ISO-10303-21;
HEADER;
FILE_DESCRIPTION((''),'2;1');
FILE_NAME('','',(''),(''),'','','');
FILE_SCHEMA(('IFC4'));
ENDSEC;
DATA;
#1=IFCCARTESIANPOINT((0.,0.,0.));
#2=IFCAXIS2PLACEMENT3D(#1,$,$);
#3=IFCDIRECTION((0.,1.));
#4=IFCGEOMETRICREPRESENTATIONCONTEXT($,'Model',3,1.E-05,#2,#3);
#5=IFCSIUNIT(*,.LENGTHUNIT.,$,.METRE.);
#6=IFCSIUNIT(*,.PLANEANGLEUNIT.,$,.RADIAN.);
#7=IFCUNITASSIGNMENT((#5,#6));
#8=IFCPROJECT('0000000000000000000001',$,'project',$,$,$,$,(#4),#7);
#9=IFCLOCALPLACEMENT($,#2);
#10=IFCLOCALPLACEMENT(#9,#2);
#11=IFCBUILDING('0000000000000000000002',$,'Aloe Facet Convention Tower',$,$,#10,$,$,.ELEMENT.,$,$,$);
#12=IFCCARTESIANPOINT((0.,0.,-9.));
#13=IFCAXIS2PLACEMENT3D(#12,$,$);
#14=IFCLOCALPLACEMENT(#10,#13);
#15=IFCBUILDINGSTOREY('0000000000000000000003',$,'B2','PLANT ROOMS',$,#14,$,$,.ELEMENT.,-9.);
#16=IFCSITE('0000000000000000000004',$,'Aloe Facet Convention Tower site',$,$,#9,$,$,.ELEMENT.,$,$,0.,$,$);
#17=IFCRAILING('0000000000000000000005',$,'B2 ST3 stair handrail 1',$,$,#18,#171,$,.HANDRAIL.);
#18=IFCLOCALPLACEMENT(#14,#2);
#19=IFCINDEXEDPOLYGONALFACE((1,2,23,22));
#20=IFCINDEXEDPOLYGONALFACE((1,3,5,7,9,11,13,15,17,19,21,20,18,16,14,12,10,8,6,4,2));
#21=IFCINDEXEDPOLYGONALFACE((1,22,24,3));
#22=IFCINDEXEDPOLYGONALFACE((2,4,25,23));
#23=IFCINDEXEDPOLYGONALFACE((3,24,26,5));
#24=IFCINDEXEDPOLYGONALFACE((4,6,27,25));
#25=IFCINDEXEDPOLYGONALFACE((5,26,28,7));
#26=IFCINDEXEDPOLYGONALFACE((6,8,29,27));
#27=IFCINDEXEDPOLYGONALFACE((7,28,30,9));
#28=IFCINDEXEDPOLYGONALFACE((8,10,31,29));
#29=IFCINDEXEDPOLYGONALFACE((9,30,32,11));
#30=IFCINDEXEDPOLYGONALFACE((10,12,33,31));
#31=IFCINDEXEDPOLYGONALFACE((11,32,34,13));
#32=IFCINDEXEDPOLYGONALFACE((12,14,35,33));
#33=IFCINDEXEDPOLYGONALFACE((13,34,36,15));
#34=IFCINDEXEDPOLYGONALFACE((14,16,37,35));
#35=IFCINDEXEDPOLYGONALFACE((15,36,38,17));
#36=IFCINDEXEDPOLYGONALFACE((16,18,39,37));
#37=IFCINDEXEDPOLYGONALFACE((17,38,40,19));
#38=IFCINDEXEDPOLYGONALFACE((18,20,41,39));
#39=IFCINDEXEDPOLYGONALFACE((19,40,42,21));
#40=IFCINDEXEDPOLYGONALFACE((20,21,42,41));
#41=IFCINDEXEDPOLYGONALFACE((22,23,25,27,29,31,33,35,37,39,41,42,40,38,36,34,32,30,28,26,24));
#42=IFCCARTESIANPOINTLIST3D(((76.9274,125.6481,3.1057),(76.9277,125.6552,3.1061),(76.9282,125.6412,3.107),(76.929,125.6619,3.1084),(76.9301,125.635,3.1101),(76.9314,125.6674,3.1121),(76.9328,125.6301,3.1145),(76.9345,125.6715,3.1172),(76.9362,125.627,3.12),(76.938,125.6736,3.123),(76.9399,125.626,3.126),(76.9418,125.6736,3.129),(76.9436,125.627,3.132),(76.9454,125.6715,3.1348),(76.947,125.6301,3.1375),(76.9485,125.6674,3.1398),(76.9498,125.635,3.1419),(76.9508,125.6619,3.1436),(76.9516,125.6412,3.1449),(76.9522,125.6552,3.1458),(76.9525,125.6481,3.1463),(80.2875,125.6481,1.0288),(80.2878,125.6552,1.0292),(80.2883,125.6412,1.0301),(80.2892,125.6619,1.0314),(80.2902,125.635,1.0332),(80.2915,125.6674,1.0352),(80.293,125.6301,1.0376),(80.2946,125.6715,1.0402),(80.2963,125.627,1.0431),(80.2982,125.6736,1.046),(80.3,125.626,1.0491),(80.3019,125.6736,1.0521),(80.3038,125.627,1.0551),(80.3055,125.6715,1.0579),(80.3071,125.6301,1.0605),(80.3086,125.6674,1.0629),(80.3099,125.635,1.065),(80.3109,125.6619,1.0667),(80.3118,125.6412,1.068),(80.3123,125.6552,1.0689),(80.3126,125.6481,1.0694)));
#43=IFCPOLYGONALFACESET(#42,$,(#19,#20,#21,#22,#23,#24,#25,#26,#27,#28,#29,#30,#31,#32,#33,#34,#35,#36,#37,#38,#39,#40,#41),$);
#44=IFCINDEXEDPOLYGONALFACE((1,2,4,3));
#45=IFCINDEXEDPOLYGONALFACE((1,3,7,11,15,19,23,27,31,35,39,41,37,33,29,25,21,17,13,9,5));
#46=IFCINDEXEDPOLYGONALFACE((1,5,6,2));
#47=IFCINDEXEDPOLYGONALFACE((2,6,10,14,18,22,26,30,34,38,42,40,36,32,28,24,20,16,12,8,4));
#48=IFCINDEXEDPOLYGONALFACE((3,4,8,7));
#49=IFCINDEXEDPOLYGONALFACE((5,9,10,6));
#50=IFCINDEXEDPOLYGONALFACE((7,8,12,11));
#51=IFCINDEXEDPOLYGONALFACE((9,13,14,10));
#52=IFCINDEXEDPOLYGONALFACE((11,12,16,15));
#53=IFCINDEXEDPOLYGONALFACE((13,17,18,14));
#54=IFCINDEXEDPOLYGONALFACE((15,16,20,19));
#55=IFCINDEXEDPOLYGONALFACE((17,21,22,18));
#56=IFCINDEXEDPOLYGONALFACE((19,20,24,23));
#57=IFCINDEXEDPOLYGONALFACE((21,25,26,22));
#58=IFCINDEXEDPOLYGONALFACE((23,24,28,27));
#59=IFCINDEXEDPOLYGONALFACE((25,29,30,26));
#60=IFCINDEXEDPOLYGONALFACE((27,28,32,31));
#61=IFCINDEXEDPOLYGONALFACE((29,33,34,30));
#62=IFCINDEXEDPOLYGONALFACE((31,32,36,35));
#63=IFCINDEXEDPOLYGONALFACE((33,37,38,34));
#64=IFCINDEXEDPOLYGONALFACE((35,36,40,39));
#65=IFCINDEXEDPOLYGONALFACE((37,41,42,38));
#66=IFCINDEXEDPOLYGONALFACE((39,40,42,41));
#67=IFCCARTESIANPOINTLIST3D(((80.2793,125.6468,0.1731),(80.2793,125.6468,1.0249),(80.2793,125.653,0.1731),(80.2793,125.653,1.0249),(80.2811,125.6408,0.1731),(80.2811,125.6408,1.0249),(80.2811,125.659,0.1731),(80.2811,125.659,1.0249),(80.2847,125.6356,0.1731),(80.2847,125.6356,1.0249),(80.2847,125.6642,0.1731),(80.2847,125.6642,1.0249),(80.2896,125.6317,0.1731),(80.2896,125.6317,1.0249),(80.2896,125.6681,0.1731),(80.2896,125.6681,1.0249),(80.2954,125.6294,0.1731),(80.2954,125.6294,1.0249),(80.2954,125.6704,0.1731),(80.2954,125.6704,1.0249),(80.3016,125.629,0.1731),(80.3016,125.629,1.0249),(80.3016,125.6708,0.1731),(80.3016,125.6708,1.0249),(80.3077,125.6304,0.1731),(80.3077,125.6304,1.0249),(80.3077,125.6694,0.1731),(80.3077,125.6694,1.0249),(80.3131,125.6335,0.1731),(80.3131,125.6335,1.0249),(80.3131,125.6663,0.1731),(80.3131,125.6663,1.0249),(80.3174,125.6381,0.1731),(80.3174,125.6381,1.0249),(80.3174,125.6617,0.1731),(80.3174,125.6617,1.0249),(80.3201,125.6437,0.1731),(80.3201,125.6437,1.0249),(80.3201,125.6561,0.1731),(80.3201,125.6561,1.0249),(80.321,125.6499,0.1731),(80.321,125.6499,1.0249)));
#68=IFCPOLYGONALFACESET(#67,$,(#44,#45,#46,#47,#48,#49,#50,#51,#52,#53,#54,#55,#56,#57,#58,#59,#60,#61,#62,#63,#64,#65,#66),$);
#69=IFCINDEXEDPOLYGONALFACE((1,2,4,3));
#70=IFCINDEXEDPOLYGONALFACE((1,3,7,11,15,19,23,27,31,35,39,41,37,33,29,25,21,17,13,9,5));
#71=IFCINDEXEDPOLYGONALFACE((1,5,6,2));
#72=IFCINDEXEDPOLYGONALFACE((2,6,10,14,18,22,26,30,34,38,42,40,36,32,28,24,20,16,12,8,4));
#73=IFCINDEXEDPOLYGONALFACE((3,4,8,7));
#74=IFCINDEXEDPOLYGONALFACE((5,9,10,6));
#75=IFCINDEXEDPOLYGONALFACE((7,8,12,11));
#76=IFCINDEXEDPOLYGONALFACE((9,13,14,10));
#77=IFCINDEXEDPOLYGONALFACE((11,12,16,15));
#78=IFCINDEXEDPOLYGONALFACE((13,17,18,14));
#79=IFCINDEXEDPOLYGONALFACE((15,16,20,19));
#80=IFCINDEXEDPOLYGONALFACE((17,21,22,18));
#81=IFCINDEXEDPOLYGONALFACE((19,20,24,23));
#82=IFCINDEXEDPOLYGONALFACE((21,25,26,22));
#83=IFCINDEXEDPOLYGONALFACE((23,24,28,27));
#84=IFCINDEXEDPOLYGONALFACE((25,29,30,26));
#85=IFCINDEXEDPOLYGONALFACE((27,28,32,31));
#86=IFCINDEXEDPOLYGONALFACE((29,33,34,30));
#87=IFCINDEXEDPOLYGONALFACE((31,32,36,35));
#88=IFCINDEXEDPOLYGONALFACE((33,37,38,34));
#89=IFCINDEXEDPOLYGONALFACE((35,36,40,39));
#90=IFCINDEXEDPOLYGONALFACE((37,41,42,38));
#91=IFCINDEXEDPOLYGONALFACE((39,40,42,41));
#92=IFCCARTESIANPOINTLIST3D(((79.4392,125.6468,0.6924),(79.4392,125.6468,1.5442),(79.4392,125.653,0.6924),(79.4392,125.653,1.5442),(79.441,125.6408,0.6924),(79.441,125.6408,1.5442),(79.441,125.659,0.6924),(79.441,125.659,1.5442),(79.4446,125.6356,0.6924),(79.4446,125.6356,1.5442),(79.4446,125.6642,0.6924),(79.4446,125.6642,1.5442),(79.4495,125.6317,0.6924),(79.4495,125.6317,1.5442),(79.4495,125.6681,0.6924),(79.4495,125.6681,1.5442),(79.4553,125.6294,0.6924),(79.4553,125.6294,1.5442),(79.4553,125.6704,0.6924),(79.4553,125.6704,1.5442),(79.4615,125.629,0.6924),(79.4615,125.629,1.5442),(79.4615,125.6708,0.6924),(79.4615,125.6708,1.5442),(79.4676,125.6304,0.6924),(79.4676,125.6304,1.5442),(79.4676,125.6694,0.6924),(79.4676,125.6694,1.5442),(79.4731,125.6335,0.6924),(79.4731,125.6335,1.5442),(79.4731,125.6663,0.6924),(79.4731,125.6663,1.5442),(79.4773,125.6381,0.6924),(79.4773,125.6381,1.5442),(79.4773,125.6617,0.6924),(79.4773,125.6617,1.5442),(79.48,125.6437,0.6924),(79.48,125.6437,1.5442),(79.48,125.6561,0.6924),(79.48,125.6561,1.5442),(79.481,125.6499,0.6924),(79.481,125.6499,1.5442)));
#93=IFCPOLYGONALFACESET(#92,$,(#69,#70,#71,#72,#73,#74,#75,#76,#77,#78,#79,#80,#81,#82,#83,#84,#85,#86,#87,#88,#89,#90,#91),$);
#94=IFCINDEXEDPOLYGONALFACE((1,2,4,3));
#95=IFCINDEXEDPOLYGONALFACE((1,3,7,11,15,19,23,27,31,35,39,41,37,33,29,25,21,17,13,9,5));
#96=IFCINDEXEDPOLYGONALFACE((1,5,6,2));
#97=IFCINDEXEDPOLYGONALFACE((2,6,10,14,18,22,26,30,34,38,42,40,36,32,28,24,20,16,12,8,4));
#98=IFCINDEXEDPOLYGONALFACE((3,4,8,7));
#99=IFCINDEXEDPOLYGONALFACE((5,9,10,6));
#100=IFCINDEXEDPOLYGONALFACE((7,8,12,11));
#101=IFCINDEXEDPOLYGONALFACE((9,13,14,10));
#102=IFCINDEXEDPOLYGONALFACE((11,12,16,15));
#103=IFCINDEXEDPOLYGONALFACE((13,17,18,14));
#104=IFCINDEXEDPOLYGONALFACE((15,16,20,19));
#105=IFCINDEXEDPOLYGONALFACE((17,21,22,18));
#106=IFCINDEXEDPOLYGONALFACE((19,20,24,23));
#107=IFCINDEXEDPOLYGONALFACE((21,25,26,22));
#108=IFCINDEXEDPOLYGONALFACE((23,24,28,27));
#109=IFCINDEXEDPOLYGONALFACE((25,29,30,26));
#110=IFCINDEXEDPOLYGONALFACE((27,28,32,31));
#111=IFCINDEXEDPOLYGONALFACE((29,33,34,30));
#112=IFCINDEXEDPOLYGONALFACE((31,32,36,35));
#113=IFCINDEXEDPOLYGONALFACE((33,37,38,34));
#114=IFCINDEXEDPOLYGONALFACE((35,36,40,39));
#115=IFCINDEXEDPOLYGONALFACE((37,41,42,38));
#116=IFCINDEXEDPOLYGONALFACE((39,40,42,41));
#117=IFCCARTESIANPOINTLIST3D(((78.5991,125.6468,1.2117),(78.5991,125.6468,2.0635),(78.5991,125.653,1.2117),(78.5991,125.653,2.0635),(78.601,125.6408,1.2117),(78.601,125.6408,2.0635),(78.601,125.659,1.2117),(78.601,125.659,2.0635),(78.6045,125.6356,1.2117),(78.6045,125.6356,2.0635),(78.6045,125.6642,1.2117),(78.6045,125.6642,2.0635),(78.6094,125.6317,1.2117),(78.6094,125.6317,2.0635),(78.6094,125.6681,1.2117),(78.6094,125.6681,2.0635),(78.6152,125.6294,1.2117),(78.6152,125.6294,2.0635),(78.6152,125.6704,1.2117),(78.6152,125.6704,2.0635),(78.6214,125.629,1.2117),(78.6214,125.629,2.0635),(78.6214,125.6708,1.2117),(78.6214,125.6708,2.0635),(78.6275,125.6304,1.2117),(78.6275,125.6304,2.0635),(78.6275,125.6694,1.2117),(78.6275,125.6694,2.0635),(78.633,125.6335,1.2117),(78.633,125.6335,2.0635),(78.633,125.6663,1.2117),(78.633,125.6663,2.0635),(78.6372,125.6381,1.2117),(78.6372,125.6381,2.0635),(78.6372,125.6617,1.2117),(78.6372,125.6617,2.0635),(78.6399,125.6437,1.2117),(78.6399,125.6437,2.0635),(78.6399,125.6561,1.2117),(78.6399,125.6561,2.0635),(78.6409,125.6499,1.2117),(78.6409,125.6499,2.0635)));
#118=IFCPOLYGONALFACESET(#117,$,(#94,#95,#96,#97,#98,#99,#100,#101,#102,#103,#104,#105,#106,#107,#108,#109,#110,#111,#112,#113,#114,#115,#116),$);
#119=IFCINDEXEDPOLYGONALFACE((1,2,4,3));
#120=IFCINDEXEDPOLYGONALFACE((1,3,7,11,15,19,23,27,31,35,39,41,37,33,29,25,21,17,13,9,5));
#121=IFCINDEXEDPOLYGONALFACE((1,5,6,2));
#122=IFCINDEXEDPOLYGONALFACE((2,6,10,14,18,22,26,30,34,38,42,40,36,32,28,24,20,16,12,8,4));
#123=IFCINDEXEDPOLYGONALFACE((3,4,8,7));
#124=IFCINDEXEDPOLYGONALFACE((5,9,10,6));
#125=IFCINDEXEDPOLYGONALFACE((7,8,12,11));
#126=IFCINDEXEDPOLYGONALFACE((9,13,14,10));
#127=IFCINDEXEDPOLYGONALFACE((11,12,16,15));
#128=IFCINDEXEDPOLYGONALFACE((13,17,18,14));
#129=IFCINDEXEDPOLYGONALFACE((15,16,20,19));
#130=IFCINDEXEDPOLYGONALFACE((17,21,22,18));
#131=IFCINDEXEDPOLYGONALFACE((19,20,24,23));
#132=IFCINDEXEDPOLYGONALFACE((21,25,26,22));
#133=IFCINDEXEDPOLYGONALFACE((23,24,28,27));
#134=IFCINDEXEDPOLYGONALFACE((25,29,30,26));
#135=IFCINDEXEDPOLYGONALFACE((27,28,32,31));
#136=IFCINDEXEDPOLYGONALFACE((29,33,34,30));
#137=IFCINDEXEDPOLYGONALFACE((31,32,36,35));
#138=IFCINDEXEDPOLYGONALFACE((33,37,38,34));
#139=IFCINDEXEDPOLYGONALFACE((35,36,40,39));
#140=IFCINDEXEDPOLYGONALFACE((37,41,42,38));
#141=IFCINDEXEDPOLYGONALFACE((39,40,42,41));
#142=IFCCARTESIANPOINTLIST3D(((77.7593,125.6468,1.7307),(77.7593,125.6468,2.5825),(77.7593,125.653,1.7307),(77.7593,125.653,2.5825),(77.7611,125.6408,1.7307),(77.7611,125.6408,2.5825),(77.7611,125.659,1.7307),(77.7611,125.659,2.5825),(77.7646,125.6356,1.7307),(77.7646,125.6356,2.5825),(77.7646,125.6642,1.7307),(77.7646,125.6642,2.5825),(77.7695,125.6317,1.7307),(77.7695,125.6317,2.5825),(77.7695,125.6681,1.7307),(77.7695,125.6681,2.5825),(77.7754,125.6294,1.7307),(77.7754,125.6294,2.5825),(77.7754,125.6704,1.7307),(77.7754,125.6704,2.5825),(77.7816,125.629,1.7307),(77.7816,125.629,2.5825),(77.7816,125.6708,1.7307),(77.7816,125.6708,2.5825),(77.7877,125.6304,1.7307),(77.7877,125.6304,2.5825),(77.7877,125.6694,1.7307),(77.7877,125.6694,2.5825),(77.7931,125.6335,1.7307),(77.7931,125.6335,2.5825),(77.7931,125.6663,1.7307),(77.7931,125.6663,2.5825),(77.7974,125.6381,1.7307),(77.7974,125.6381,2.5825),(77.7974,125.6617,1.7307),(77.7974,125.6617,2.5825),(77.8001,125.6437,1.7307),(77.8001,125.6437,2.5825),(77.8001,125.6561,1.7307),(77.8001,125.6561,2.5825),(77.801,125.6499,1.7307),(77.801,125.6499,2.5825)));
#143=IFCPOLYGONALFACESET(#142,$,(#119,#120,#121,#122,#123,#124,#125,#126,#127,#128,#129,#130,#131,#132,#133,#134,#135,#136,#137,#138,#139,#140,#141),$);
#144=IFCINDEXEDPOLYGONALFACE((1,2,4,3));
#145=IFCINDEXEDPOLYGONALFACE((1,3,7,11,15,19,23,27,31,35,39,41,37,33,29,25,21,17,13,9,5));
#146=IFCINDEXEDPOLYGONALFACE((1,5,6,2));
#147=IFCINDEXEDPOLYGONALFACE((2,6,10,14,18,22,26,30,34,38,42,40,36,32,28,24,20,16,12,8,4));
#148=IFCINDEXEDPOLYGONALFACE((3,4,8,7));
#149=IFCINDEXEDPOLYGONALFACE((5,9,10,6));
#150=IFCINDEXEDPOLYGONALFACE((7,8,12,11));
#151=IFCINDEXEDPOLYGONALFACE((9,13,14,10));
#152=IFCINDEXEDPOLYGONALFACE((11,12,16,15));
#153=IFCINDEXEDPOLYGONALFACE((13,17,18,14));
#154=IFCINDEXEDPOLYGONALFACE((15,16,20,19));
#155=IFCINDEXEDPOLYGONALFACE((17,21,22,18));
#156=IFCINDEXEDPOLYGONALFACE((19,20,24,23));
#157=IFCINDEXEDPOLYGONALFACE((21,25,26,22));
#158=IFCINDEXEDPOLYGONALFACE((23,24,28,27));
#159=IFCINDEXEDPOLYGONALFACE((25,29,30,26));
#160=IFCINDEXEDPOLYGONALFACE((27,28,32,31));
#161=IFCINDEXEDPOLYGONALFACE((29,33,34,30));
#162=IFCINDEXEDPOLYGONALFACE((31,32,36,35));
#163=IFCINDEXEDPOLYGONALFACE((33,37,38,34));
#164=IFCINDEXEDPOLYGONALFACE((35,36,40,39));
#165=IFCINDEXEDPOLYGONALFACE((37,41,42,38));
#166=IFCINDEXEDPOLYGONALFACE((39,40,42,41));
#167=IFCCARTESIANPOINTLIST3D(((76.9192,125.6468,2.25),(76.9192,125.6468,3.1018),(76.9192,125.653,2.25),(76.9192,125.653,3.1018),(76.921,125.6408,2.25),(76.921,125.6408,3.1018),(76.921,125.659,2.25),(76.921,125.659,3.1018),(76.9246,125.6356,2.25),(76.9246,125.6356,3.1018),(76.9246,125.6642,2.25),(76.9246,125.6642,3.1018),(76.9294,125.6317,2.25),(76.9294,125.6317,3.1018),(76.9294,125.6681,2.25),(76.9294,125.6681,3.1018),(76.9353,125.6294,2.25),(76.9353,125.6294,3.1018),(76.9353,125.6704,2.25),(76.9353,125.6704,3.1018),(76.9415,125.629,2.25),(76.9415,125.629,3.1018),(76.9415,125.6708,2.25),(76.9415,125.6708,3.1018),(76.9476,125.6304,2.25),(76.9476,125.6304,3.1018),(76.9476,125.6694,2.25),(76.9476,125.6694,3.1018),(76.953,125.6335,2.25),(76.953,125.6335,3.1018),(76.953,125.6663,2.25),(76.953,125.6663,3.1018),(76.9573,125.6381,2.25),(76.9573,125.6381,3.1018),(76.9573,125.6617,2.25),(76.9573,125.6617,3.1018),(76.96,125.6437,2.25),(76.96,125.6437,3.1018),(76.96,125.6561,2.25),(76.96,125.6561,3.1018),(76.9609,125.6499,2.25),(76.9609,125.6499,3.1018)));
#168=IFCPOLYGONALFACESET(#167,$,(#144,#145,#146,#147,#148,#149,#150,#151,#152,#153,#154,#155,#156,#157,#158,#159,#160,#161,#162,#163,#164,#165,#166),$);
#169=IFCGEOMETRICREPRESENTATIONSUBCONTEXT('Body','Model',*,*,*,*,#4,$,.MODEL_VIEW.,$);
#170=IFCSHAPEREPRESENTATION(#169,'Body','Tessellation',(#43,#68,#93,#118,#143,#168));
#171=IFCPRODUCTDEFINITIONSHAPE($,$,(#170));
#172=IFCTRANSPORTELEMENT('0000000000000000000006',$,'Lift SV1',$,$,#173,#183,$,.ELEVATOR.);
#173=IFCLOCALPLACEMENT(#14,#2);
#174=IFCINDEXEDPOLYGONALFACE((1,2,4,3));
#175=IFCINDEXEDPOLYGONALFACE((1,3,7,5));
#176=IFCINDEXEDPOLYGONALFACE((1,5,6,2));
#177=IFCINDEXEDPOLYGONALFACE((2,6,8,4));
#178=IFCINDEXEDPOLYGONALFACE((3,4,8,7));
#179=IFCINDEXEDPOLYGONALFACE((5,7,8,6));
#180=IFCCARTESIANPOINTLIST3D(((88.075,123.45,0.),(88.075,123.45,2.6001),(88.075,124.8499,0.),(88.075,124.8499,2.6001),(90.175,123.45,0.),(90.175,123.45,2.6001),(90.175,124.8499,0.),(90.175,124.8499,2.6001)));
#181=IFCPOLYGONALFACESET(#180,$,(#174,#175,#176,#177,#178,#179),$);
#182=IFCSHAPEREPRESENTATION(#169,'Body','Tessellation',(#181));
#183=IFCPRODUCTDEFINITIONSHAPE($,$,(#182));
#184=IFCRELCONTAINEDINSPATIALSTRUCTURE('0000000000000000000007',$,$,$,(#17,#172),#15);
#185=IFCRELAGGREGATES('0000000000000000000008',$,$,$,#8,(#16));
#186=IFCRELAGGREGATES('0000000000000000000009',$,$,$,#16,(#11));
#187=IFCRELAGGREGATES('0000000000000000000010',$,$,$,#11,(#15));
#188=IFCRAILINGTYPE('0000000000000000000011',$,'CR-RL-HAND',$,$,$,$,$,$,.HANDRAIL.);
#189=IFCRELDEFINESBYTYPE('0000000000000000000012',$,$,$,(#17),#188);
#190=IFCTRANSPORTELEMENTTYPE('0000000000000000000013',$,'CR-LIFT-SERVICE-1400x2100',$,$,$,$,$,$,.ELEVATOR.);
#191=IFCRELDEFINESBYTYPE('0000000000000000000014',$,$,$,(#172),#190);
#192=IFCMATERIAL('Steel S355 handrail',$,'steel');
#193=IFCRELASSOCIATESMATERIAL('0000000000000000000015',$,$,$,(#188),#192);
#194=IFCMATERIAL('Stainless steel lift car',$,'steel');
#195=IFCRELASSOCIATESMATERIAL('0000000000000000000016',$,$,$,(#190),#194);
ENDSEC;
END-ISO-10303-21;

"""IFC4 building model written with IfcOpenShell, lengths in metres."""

from ifc_helpers import new_model, si_unit, direction, frame, origin, origin_2d, place, context, subcontext, project, spatial, rectangle, circle, extrude, material, type_object, element, save


model = new_model("IFC4")

# Units and contexts
model_context = context("Model", 3, precision=1e-05, world=origin(), true_north=direction((0.0, 1.0)))
body_context = subcontext(model_context, "Body", "Model", "MODEL_VIEW")
ifc_project = project(units=[si_unit("LENGTHUNIT", "METRE"), si_unit("PLANEANGLEUNIT", "RADIAN")], contexts=[model_context])

# Site, building, storey
site_placement = place(None, origin())
site = spatial("IfcSite", under=ifc_project, at=site_placement, Name="Aloe Facet Convention Tower site", CompositionType="ELEMENT", RefElevation=0.0)
building_placement = place(site_placement, origin())
building = spatial("IfcBuilding", under=site, at=building_placement, Name="Aloe Facet Convention Tower", CompositionType="ELEMENT")
storey_placement = place(building_placement, frame((0.0, 0.0, -9.0)))
storey = spatial("IfcBuildingStorey", under=building, at=storey_placement, Name="B2", Description="PLANT ROOMS", CompositionType="ELEMENT", Elevation=-9.0)

# Railing
ifc_material_1 = material(Name="Steel S355 handrail", Category="steel")
railing_type_1 = type_object("IfcRailingType", Name="CR-RL-HAND", PredefinedType="HANDRAIL", material=ifc_material_1)
railing_1_placement = place(storey_placement, frame((80.3, 125.6499, 0.1731)))
element("IfcRailing", 1, at=railing_1_placement, inside=storey, type_object=railing_type_1, Name="B2 ST3 stair handrail 1", PredefinedType="HANDRAIL", context=body_context, shape_type="SweptSolid", body=[
    extrude(circle(Radius=0.0239, at=origin_2d()), frame((0.0, 0.0, 0.876), z_axis=(-0.850623, 0.0, 0.525776), x_axis=(0.0, -1.0, 0.0)), (0.0, 0.0, 1.0), 3.9502),
    extrude(circle(Radius=0.021, at=origin_2d()), origin(), (0.0, 0.0, 1.0), 0.8518),
    extrude(circle(Radius=0.021, at=origin_2d()), frame((-0.8401, 0.0, 0.5193)), (0.0, 0.0, 1.0), 0.8518),
    extrude(circle(Radius=0.021, at=origin_2d()), frame((-1.6802, 0.0, 1.0386)), (0.0, 0.0, 1.0), 0.8518),
    extrude(circle(Radius=0.021, at=origin_2d()), frame((-2.52, 0.0, 1.5576)), (0.0, 0.0, 1.0), 0.8518),
    extrude(circle(Radius=0.021, at=origin_2d()), frame((-3.3601, 0.0, 2.0769)), (0.0, 0.0, 1.0), 0.8518),
])

# Transport element
ifc_material_2 = material(Name="Stainless steel lift car", Category="steel")
transport_element_type = type_object("IfcTransportElementType", Name="CR-LIFT-SERVICE-1400x2100", PredefinedType="ELEVATOR", material=ifc_material_2)
transport_element_placement = place(storey_placement, frame((89.125, 124.1499, 0.0), z_axis=(0.0, 0.0, 1.0), x_axis=(1.0, 0.0, 0.0)))
element("IfcTransportElement", 2, at=transport_element_placement, inside=storey, type_object=transport_element_type, Name="Lift SV1", PredefinedType="ELEVATOR", context=body_context, shape_type="SweptSolid", body=[
    extrude(rectangle(XDim=2.1001, YDim=1.3999, at=origin_2d()), origin(), (0.0, 0.0, 1.0), 2.6001),
])

save(model, "model.ifc")
